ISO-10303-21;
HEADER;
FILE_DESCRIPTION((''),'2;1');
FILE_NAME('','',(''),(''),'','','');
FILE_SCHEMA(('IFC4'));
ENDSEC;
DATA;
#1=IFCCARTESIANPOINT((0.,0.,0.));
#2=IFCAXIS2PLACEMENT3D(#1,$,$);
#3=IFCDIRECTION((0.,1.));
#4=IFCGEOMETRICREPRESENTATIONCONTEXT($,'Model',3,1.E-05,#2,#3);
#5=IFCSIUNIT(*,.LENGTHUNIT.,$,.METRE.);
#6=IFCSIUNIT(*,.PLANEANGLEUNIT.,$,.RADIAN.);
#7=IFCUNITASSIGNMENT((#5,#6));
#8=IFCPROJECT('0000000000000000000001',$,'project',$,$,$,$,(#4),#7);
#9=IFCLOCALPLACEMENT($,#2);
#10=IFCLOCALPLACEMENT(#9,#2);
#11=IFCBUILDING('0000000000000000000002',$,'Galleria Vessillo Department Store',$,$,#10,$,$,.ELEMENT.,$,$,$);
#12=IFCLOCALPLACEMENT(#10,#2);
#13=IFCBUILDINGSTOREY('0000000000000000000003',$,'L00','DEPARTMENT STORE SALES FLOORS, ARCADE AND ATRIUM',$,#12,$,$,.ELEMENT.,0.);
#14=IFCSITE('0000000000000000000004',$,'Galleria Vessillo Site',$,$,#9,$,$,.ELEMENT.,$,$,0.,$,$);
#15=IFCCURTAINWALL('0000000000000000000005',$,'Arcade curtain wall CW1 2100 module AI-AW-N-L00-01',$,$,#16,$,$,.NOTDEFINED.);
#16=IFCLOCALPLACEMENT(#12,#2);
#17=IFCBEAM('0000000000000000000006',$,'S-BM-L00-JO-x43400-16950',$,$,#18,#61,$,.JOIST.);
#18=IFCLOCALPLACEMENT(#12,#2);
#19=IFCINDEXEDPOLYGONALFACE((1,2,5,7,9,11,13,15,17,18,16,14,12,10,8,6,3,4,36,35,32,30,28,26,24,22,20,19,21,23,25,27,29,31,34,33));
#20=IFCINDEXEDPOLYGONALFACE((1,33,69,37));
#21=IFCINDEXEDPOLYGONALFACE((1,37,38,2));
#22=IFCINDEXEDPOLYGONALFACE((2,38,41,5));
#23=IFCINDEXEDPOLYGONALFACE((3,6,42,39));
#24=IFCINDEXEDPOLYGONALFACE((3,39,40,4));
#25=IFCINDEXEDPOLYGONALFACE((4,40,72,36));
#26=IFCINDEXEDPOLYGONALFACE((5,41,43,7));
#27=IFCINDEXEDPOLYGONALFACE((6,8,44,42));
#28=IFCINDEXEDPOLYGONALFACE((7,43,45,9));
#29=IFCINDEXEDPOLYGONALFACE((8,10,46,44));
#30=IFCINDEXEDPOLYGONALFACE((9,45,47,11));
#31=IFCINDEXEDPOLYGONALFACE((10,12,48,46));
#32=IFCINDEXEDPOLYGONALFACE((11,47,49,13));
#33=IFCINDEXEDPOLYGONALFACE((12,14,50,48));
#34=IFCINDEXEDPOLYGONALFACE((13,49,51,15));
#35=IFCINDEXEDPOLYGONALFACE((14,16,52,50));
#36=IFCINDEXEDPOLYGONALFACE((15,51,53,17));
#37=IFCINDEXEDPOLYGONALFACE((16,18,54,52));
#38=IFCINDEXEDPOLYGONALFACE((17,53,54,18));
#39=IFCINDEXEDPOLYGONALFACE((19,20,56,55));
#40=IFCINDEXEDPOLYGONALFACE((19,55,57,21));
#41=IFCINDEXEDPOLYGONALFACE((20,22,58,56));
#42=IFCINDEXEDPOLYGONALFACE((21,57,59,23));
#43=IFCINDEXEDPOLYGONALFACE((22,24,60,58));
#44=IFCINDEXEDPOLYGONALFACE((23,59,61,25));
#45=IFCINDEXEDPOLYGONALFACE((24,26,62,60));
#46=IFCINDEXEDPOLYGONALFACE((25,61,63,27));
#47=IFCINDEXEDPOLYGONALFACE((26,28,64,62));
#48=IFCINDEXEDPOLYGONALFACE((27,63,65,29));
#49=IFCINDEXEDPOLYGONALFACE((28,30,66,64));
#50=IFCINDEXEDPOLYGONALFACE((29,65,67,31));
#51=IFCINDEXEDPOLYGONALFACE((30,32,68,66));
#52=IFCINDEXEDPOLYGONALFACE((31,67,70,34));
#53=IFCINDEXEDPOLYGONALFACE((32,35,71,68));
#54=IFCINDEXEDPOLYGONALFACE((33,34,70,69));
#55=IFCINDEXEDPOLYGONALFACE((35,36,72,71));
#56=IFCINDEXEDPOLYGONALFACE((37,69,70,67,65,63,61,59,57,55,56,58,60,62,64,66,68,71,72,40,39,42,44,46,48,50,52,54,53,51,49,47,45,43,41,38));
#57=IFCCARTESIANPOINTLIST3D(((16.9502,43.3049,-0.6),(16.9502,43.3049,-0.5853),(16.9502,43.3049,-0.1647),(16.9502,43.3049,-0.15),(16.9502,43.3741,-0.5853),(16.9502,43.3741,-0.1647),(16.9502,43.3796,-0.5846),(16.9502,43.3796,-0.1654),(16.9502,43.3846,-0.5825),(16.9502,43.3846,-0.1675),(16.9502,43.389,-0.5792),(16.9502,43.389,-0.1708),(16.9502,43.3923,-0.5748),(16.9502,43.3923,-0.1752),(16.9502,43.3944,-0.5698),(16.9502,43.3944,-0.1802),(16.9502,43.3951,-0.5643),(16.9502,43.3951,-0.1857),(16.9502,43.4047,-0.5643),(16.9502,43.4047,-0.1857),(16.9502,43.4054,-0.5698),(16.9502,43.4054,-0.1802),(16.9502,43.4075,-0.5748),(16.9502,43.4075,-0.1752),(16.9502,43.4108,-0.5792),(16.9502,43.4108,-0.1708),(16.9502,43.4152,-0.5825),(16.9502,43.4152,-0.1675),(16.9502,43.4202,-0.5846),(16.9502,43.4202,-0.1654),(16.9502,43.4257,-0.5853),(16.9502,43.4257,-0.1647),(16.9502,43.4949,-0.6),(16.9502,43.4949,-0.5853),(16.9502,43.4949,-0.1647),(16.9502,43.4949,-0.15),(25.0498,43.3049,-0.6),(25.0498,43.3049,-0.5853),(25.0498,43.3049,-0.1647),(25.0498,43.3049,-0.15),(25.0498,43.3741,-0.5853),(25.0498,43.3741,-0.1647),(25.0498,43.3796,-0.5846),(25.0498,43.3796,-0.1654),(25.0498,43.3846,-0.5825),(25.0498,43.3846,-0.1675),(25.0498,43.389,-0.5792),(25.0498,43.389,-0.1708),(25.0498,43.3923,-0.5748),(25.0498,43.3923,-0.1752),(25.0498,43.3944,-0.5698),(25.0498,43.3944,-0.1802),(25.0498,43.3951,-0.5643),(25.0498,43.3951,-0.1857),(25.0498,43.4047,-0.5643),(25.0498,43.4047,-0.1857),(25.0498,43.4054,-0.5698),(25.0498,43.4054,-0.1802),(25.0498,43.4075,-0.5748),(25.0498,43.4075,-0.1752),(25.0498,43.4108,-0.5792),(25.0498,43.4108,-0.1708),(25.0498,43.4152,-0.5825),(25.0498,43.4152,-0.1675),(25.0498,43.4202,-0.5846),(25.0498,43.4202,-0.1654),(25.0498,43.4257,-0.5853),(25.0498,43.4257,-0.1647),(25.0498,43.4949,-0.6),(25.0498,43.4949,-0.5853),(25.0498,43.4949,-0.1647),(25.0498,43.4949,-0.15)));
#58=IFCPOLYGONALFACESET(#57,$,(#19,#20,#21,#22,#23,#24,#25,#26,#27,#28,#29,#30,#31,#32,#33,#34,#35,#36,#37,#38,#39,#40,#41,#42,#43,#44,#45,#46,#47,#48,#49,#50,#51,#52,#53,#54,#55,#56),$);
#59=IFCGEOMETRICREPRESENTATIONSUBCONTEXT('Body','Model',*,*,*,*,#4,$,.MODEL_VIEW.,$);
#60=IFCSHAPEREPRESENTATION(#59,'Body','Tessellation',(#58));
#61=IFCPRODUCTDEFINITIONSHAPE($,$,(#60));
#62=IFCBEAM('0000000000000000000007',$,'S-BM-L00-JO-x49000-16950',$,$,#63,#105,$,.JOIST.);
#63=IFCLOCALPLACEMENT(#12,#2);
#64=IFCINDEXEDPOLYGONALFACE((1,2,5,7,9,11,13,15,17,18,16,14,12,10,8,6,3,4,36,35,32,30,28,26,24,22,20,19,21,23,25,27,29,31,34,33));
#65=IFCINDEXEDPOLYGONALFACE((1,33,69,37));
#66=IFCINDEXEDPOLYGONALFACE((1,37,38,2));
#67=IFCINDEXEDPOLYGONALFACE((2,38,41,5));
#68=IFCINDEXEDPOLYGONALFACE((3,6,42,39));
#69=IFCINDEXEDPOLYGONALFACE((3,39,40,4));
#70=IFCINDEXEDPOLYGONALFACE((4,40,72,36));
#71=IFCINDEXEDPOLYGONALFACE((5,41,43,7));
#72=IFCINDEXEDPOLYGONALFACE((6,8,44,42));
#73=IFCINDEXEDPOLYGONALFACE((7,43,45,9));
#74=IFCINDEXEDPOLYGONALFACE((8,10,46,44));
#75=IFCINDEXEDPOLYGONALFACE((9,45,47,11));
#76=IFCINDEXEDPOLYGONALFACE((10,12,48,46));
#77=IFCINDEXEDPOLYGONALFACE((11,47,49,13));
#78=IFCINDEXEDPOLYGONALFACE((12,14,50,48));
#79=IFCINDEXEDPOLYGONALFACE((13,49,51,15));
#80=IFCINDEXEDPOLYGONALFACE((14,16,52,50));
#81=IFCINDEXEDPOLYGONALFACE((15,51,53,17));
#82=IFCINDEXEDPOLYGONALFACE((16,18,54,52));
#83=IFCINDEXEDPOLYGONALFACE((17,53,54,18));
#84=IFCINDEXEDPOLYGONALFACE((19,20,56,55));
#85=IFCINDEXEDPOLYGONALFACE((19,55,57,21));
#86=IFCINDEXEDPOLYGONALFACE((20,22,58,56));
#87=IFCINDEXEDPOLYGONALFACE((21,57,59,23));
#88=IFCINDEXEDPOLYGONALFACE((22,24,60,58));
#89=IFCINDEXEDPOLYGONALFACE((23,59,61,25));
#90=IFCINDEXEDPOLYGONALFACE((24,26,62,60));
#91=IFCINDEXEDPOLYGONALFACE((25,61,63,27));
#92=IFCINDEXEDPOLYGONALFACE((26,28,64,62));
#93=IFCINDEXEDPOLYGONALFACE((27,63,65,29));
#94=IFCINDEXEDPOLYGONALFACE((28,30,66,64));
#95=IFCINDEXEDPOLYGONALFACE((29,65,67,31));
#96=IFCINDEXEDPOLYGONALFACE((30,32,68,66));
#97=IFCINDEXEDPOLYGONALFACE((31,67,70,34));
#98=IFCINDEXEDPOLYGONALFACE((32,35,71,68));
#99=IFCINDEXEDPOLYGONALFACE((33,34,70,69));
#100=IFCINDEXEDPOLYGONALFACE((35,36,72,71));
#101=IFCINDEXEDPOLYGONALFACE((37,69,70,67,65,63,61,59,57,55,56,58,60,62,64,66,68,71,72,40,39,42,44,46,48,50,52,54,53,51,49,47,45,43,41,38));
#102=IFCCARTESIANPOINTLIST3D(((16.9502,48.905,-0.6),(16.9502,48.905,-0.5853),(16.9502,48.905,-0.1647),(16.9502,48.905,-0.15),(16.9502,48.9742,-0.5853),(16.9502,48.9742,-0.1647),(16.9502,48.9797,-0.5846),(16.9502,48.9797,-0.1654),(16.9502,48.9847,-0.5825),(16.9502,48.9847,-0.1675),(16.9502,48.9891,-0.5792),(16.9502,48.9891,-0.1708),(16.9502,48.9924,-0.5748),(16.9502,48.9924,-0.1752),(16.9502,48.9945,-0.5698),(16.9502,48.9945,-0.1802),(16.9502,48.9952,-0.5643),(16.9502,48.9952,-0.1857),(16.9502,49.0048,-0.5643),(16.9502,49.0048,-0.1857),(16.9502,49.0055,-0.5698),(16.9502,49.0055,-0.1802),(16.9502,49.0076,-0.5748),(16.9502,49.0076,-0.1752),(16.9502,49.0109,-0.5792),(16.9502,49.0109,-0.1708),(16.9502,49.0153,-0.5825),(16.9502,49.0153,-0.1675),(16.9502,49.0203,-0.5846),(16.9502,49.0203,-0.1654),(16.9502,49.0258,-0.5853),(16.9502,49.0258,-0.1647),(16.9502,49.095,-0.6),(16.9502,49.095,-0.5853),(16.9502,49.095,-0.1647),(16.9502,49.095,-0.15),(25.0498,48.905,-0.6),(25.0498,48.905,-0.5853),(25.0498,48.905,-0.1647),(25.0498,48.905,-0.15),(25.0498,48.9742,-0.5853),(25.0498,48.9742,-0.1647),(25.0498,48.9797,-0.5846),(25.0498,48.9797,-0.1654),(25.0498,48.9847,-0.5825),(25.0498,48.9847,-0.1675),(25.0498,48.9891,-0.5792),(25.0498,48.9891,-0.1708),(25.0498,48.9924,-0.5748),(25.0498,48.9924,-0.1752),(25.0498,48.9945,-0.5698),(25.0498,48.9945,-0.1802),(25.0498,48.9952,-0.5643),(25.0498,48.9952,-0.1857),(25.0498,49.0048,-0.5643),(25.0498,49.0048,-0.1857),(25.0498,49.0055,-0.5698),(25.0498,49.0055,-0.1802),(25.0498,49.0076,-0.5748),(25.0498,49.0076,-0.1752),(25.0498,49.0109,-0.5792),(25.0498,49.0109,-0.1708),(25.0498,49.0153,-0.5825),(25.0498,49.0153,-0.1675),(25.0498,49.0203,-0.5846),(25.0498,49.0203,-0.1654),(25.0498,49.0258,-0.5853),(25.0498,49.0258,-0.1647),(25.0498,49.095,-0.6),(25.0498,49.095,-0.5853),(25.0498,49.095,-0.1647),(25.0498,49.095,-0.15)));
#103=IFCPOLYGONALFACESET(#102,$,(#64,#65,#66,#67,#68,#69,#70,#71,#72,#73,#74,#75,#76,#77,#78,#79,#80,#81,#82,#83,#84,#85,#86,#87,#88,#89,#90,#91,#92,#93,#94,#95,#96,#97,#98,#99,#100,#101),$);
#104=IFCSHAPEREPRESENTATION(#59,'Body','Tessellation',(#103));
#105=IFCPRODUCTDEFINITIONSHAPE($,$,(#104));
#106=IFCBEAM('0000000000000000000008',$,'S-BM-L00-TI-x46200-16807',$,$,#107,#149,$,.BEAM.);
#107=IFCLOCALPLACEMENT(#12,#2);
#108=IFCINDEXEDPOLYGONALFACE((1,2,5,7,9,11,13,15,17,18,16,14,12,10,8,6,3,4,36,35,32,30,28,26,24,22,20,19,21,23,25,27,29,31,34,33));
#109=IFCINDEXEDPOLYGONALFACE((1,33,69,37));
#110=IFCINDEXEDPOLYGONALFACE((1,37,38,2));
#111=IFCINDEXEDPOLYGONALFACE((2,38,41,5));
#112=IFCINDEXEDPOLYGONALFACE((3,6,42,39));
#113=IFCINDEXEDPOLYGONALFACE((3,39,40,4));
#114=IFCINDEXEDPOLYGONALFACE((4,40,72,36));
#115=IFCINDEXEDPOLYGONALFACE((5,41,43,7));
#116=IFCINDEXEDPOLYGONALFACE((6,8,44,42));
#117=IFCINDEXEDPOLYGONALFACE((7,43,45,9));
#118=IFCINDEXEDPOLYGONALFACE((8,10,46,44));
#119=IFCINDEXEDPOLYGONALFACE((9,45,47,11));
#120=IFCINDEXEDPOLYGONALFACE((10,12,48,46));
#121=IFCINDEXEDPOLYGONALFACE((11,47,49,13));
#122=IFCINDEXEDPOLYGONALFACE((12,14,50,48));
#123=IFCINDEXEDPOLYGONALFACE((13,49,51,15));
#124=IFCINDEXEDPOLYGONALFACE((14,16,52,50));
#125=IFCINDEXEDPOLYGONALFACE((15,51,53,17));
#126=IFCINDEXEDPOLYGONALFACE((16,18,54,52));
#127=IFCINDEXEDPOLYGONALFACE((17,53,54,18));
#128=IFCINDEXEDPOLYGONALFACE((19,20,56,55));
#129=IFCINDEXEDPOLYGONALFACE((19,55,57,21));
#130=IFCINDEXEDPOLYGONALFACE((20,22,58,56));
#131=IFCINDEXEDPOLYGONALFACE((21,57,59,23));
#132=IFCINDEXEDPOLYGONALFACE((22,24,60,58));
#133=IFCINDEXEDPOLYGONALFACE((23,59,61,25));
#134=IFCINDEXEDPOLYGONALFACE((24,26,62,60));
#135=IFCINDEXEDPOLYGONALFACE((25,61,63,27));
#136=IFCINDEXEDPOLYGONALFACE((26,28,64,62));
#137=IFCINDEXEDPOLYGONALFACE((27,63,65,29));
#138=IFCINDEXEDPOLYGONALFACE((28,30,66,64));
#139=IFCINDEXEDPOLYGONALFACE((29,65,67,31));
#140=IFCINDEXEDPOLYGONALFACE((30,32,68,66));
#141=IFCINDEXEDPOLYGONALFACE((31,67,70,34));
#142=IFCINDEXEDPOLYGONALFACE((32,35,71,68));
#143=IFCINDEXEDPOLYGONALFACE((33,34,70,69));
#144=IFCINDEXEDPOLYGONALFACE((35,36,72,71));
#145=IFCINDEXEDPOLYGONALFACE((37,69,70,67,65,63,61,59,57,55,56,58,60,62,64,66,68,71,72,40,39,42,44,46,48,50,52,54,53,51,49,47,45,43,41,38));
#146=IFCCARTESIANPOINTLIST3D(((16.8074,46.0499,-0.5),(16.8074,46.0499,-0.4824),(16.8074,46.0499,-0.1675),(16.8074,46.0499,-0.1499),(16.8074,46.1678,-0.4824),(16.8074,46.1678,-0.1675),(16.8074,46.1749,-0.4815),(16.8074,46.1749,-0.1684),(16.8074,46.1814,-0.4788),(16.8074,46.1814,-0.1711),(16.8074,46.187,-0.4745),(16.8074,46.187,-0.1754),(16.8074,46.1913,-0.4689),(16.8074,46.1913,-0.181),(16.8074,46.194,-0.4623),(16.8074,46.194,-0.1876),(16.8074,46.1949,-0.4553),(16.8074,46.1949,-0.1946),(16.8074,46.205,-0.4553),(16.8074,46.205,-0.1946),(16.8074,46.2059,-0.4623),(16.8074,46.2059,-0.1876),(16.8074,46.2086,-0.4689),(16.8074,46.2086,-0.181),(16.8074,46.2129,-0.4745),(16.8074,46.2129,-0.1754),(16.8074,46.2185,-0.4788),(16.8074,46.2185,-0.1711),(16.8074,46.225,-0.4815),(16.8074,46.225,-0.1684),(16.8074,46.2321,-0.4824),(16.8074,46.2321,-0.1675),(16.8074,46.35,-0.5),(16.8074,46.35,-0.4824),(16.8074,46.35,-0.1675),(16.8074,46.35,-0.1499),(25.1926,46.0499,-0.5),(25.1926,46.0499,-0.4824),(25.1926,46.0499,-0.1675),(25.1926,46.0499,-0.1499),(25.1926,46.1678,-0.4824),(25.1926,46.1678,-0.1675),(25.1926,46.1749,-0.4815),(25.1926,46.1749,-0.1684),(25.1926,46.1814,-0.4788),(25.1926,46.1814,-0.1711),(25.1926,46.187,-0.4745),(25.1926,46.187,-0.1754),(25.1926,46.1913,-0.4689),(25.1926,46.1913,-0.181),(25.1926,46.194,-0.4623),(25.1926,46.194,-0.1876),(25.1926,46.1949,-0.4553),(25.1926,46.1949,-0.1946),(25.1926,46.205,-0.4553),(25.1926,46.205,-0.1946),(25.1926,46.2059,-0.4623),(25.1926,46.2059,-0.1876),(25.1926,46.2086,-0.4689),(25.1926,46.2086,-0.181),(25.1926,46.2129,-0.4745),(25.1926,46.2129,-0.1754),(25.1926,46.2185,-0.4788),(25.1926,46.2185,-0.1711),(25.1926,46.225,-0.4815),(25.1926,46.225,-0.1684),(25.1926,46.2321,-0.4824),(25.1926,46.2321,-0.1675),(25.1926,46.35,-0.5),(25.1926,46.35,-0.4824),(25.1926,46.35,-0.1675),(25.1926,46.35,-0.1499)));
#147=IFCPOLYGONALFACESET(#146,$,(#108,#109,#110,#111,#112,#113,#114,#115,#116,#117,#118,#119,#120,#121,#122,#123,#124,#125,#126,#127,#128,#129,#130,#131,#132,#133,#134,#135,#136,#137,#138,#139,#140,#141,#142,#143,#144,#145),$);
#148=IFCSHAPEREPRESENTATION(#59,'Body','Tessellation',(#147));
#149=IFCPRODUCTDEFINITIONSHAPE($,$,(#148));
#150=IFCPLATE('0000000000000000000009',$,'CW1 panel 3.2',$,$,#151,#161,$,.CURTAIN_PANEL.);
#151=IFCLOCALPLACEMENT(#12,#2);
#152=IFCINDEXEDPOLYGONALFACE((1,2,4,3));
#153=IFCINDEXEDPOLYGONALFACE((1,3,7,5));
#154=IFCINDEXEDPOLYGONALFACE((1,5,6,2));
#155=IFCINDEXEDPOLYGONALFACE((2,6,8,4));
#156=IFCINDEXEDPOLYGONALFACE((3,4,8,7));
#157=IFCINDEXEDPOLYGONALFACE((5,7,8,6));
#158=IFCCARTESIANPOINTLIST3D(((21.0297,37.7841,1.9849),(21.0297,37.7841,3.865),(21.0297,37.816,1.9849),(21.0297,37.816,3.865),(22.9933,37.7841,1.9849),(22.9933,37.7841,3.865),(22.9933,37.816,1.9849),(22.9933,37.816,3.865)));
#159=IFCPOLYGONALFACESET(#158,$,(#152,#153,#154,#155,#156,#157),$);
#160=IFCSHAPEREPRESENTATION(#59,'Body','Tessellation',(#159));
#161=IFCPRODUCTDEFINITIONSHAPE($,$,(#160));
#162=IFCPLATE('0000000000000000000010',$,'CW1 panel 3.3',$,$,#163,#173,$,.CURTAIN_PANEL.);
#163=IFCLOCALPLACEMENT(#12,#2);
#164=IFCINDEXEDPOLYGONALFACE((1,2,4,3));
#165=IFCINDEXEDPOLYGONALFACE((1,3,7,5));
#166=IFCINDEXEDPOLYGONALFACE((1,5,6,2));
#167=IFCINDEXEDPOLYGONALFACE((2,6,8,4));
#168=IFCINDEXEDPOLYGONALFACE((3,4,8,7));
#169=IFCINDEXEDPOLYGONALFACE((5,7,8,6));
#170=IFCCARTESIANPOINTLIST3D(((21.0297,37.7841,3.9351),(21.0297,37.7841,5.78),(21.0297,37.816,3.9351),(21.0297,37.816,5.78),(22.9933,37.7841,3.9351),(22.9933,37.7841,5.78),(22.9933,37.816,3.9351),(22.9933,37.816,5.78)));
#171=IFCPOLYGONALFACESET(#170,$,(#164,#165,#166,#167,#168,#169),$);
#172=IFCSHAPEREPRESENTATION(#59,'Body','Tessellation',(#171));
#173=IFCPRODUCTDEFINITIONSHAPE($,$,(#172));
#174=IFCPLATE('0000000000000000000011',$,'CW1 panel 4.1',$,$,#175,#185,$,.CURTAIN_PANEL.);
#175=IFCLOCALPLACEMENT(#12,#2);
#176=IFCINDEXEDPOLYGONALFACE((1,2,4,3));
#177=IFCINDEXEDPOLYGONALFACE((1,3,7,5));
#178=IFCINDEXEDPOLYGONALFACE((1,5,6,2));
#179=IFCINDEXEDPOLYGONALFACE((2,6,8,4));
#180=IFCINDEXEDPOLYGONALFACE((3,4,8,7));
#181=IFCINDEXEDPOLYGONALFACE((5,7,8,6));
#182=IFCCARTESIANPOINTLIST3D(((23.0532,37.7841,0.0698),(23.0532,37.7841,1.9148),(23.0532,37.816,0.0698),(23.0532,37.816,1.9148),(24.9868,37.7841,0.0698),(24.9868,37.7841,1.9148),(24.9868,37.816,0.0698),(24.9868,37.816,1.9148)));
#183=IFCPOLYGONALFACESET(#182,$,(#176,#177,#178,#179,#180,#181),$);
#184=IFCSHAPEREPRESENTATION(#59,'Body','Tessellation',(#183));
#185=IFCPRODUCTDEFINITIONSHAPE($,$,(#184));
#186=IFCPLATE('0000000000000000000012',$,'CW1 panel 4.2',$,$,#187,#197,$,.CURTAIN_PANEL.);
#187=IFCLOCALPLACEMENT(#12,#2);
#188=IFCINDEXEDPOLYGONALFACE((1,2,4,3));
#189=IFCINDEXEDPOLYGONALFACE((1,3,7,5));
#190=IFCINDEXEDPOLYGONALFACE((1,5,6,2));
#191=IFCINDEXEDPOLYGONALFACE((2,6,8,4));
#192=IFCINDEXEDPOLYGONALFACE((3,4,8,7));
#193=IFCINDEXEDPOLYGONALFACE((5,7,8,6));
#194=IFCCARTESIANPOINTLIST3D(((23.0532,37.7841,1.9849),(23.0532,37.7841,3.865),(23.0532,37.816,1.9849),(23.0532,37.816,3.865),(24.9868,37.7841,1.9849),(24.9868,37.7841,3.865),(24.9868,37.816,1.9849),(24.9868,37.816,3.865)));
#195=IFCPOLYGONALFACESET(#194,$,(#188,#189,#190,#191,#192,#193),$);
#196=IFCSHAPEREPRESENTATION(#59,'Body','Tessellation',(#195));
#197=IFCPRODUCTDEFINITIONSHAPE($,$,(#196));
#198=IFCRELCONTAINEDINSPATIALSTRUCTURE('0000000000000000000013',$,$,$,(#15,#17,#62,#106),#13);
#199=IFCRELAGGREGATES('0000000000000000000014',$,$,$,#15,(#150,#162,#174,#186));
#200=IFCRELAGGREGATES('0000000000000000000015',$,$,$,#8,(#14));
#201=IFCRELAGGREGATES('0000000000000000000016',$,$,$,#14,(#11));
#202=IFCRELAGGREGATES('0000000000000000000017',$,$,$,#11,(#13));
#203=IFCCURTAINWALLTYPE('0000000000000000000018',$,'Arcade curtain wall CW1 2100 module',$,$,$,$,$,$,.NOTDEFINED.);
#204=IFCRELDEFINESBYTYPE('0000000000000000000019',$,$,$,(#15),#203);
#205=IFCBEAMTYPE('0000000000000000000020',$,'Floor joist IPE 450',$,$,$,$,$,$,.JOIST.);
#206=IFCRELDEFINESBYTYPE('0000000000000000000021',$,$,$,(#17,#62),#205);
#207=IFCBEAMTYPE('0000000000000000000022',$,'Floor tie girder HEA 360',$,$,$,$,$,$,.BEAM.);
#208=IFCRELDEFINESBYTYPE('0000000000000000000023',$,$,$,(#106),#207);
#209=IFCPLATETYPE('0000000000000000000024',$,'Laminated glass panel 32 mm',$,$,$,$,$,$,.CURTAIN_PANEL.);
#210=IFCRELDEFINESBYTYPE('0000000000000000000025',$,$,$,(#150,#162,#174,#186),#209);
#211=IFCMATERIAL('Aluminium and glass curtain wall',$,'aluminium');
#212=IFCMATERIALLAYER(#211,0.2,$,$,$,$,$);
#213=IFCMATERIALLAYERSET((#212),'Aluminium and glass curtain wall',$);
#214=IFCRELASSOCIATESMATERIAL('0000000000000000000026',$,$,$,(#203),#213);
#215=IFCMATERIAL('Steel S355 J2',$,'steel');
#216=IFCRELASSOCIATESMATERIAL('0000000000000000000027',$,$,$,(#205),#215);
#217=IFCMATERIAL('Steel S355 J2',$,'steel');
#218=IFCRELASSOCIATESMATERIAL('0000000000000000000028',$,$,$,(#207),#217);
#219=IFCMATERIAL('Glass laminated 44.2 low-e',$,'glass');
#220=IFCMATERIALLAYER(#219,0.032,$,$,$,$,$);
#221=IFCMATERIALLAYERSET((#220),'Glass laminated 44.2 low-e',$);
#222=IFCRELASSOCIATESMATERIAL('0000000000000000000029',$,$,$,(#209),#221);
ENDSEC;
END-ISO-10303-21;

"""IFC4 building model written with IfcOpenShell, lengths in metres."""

from ifc_helpers import new_model, si_unit, direction, frame, origin, origin_2d, place, context, subcontext, project, spatial, rectangle, i_section, extrude, material, layer, layer_set, material_profile, profile_set, type_object, element, aggregate, save


model = new_model("IFC4")

# Units and contexts
model_context = context("Model", 3, precision=1e-05, world=origin(), true_north=direction((0.0, 1.0)))
body_context = subcontext(model_context, "Body", "Model", "MODEL_VIEW")
ifc_project = project(units=[si_unit("LENGTHUNIT", "METRE"), si_unit("PLANEANGLEUNIT", "RADIAN")], contexts=[model_context])

# Site, building, storey
site_placement = place(None, origin())
site = spatial("IfcSite", under=ifc_project, at=site_placement, Name="Galleria Vessillo Site", CompositionType="ELEMENT", RefElevation=0.0)
building_placement = place(site_placement, origin())
building = spatial("IfcBuilding", under=site, at=building_placement, Name="Galleria Vessillo Department Store", CompositionType="ELEMENT")
storey_placement = place(building_placement, origin())
storey = spatial("IfcBuildingStorey", under=building, at=storey_placement, Name="L00", Description="DEPARTMENT STORE SALES FLOORS, ARCADE AND ATRIUM", CompositionType="ELEMENT", Elevation=0.0)

# Curtain wall
ifc_material_1 = material(Name="Aluminium and glass curtain wall", Category="aluminium")
ifc_layer_1 = layer(ifc_material_1, 0.2)
ifc_layer_set_1 = layer_set([ifc_layer_1], Name="Aluminium and glass curtain wall")
curtain_wall_type = type_object("IfcCurtainWallType", Name="Arcade curtain wall CW1 2100 module", PredefinedType="NOTDEFINED", material=ifc_layer_set_1)
curtain_wall_placement = place(storey_placement, origin())
curtain_wall = element("IfcCurtainWall", 1, at=curtain_wall_placement, inside=storey, type_object=curtain_wall_type, Name="Arcade curtain wall CW1 2100 module AI-AW-N-L00-01", PredefinedType="NOTDEFINED")

# Beams
ifc_material_2 = material(Name="Steel S355 J2", Category="steel")
ifc_material_profile_1 = material_profile(ifc_material_2, i_section(OverallWidth=0.1899, OverallDepth=0.45, WebThickness=0.0095, FlangeThickness=0.0146, FilletRadius=0.021, at=origin_2d()), Name="IPE 450")
ifc_profile_set_1 = profile_set([ifc_material_profile_1], Name="Steel S355 J2")
beam_type_1 = type_object("IfcBeamType", Name="Floor joist IPE 450", PredefinedType="JOIST", material=ifc_profile_set_1)
for number, where, z_axis, x_axis, name in (
    (2, (16.9502, 43.3999, -0.375), (1.0, 0.0, 0.0), (0.0, 1.0, 0.0), "S-BM-L00-JO-x43400-16950"),
    (3, (16.9502, 49.0, -0.375), (1.0, 0.0, 0.0), (0.0, 1.0, 0.0), "S-BM-L00-JO-x49000-16950"),
):
    element("IfcBeam", number, at=place(storey_placement, frame(where, z_axis=z_axis, x_axis=x_axis)), inside=storey, type_object=beam_type_1, Name=name, PredefinedType="JOIST", context=body_context, shape_type="SweptSolid", body=[
        extrude(i_section(OverallWidth=0.1899, OverallDepth=0.45, WebThickness=0.0095, FlangeThickness=0.0146, FilletRadius=0.021, at=origin_2d()), origin(), (0.0, 0.0, 1.0), 8.0996),
    ])
ifc_material_3 = material(Name="Steel S355 J2", Category="steel")
ifc_material_profile_2 = material_profile(ifc_material_3, i_section(OverallWidth=0.3, OverallDepth=0.3501, WebThickness=0.01, FlangeThickness=0.0176, FilletRadius=0.0271, at=origin_2d()), Name="HEA 360")
ifc_profile_set_2 = profile_set([ifc_material_profile_2], Name="Steel S355 J2")
beam_type_2 = type_object("IfcBeamType", Name="Floor tie girder HEA 360", PredefinedType="BEAM", material=ifc_profile_set_2)
beam_1_placement = place(storey_placement, frame((16.8074, 46.2, -0.325), z_axis=(1.0, 0.0, 0.0), x_axis=(0.0, 1.0, 0.0)))
element("IfcBeam", 4, at=beam_1_placement, inside=storey, type_object=beam_type_2, Name="S-BM-L00-TI-x46200-16807", PredefinedType="BEAM", context=body_context, shape_type="SweptSolid", body=[
    extrude(i_section(OverallWidth=0.3, OverallDepth=0.3501, WebThickness=0.01, FlangeThickness=0.0176, FilletRadius=0.0271, at=origin_2d()), origin(), (0.0, 0.0, 1.0), 8.3853),
])

# Plates
ifc_material_4 = material(Name="Glass laminated 44.2 low-e", Category="glass")
ifc_layer_2 = layer(ifc_material_4, 0.032)
ifc_layer_set_2 = layer_set([ifc_layer_2], Name="Glass laminated 44.2 low-e")
plate_type = type_object("IfcPlateType", Name="Laminated glass panel 32 mm", PredefinedType="CURTAIN_PANEL", material=ifc_layer_set_2)
plate_1_placement = place(storey_placement, frame((22.0115, 37.8, 1.9849), z_axis=(0.0, 0.0, 1.0), x_axis=(1.0, 0.0, 0.0)))
plate_1 = element("IfcPlate", 5, at=plate_1_placement, type_object=plate_type, Name="CW1 panel 3.2", PredefinedType="CURTAIN_PANEL", context=body_context, shape_type="SweptSolid", body=[
    extrude(rectangle(XDim=1.9636, YDim=0.032, at=origin_2d()), origin(), (0.0, 0.0, 1.0), 1.8801),
])
plate_2_placement = place(storey_placement, frame((22.0115, 37.8, 3.9351), z_axis=(0.0, 0.0, 1.0), x_axis=(1.0, 0.0, 0.0)))
plate_2 = element("IfcPlate", 6, at=plate_2_placement, type_object=plate_type, Name="CW1 panel 3.3", PredefinedType="CURTAIN_PANEL", context=body_context, shape_type="SweptSolid", body=[
    extrude(rectangle(XDim=1.9636, YDim=0.032, at=origin_2d()), origin(), (0.0, 0.0, 1.0), 1.845),
])
plate_3_placement = place(storey_placement, frame((24.02, 37.8, 0.0698), z_axis=(0.0, 0.0, 1.0), x_axis=(1.0, 0.0, 0.0)))
plate_3 = element("IfcPlate", 7, at=plate_3_placement, type_object=plate_type, Name="CW1 panel 4.1", PredefinedType="CURTAIN_PANEL", context=body_context, shape_type="SweptSolid", body=[
    extrude(rectangle(XDim=1.9336, YDim=0.032, at=origin_2d()), origin(), (0.0, 0.0, 1.0), 1.845),
])
plate_4_placement = place(storey_placement, frame((24.02, 37.8, 1.9849), z_axis=(0.0, 0.0, 1.0), x_axis=(1.0, 0.0, 0.0)))
plate_4 = element("IfcPlate", 8, at=plate_4_placement, type_object=plate_type, Name="CW1 panel 4.2", PredefinedType="CURTAIN_PANEL", context=body_context, shape_type="SweptSolid", body=[
    extrude(rectangle(XDim=1.9336, YDim=0.032, at=origin_2d()), origin(), (0.0, 0.0, 1.0), 1.8801),
])
aggregate(curtain_wall, [plate_1, plate_2, plate_3, plate_4])

save(model, "model.ifc")
